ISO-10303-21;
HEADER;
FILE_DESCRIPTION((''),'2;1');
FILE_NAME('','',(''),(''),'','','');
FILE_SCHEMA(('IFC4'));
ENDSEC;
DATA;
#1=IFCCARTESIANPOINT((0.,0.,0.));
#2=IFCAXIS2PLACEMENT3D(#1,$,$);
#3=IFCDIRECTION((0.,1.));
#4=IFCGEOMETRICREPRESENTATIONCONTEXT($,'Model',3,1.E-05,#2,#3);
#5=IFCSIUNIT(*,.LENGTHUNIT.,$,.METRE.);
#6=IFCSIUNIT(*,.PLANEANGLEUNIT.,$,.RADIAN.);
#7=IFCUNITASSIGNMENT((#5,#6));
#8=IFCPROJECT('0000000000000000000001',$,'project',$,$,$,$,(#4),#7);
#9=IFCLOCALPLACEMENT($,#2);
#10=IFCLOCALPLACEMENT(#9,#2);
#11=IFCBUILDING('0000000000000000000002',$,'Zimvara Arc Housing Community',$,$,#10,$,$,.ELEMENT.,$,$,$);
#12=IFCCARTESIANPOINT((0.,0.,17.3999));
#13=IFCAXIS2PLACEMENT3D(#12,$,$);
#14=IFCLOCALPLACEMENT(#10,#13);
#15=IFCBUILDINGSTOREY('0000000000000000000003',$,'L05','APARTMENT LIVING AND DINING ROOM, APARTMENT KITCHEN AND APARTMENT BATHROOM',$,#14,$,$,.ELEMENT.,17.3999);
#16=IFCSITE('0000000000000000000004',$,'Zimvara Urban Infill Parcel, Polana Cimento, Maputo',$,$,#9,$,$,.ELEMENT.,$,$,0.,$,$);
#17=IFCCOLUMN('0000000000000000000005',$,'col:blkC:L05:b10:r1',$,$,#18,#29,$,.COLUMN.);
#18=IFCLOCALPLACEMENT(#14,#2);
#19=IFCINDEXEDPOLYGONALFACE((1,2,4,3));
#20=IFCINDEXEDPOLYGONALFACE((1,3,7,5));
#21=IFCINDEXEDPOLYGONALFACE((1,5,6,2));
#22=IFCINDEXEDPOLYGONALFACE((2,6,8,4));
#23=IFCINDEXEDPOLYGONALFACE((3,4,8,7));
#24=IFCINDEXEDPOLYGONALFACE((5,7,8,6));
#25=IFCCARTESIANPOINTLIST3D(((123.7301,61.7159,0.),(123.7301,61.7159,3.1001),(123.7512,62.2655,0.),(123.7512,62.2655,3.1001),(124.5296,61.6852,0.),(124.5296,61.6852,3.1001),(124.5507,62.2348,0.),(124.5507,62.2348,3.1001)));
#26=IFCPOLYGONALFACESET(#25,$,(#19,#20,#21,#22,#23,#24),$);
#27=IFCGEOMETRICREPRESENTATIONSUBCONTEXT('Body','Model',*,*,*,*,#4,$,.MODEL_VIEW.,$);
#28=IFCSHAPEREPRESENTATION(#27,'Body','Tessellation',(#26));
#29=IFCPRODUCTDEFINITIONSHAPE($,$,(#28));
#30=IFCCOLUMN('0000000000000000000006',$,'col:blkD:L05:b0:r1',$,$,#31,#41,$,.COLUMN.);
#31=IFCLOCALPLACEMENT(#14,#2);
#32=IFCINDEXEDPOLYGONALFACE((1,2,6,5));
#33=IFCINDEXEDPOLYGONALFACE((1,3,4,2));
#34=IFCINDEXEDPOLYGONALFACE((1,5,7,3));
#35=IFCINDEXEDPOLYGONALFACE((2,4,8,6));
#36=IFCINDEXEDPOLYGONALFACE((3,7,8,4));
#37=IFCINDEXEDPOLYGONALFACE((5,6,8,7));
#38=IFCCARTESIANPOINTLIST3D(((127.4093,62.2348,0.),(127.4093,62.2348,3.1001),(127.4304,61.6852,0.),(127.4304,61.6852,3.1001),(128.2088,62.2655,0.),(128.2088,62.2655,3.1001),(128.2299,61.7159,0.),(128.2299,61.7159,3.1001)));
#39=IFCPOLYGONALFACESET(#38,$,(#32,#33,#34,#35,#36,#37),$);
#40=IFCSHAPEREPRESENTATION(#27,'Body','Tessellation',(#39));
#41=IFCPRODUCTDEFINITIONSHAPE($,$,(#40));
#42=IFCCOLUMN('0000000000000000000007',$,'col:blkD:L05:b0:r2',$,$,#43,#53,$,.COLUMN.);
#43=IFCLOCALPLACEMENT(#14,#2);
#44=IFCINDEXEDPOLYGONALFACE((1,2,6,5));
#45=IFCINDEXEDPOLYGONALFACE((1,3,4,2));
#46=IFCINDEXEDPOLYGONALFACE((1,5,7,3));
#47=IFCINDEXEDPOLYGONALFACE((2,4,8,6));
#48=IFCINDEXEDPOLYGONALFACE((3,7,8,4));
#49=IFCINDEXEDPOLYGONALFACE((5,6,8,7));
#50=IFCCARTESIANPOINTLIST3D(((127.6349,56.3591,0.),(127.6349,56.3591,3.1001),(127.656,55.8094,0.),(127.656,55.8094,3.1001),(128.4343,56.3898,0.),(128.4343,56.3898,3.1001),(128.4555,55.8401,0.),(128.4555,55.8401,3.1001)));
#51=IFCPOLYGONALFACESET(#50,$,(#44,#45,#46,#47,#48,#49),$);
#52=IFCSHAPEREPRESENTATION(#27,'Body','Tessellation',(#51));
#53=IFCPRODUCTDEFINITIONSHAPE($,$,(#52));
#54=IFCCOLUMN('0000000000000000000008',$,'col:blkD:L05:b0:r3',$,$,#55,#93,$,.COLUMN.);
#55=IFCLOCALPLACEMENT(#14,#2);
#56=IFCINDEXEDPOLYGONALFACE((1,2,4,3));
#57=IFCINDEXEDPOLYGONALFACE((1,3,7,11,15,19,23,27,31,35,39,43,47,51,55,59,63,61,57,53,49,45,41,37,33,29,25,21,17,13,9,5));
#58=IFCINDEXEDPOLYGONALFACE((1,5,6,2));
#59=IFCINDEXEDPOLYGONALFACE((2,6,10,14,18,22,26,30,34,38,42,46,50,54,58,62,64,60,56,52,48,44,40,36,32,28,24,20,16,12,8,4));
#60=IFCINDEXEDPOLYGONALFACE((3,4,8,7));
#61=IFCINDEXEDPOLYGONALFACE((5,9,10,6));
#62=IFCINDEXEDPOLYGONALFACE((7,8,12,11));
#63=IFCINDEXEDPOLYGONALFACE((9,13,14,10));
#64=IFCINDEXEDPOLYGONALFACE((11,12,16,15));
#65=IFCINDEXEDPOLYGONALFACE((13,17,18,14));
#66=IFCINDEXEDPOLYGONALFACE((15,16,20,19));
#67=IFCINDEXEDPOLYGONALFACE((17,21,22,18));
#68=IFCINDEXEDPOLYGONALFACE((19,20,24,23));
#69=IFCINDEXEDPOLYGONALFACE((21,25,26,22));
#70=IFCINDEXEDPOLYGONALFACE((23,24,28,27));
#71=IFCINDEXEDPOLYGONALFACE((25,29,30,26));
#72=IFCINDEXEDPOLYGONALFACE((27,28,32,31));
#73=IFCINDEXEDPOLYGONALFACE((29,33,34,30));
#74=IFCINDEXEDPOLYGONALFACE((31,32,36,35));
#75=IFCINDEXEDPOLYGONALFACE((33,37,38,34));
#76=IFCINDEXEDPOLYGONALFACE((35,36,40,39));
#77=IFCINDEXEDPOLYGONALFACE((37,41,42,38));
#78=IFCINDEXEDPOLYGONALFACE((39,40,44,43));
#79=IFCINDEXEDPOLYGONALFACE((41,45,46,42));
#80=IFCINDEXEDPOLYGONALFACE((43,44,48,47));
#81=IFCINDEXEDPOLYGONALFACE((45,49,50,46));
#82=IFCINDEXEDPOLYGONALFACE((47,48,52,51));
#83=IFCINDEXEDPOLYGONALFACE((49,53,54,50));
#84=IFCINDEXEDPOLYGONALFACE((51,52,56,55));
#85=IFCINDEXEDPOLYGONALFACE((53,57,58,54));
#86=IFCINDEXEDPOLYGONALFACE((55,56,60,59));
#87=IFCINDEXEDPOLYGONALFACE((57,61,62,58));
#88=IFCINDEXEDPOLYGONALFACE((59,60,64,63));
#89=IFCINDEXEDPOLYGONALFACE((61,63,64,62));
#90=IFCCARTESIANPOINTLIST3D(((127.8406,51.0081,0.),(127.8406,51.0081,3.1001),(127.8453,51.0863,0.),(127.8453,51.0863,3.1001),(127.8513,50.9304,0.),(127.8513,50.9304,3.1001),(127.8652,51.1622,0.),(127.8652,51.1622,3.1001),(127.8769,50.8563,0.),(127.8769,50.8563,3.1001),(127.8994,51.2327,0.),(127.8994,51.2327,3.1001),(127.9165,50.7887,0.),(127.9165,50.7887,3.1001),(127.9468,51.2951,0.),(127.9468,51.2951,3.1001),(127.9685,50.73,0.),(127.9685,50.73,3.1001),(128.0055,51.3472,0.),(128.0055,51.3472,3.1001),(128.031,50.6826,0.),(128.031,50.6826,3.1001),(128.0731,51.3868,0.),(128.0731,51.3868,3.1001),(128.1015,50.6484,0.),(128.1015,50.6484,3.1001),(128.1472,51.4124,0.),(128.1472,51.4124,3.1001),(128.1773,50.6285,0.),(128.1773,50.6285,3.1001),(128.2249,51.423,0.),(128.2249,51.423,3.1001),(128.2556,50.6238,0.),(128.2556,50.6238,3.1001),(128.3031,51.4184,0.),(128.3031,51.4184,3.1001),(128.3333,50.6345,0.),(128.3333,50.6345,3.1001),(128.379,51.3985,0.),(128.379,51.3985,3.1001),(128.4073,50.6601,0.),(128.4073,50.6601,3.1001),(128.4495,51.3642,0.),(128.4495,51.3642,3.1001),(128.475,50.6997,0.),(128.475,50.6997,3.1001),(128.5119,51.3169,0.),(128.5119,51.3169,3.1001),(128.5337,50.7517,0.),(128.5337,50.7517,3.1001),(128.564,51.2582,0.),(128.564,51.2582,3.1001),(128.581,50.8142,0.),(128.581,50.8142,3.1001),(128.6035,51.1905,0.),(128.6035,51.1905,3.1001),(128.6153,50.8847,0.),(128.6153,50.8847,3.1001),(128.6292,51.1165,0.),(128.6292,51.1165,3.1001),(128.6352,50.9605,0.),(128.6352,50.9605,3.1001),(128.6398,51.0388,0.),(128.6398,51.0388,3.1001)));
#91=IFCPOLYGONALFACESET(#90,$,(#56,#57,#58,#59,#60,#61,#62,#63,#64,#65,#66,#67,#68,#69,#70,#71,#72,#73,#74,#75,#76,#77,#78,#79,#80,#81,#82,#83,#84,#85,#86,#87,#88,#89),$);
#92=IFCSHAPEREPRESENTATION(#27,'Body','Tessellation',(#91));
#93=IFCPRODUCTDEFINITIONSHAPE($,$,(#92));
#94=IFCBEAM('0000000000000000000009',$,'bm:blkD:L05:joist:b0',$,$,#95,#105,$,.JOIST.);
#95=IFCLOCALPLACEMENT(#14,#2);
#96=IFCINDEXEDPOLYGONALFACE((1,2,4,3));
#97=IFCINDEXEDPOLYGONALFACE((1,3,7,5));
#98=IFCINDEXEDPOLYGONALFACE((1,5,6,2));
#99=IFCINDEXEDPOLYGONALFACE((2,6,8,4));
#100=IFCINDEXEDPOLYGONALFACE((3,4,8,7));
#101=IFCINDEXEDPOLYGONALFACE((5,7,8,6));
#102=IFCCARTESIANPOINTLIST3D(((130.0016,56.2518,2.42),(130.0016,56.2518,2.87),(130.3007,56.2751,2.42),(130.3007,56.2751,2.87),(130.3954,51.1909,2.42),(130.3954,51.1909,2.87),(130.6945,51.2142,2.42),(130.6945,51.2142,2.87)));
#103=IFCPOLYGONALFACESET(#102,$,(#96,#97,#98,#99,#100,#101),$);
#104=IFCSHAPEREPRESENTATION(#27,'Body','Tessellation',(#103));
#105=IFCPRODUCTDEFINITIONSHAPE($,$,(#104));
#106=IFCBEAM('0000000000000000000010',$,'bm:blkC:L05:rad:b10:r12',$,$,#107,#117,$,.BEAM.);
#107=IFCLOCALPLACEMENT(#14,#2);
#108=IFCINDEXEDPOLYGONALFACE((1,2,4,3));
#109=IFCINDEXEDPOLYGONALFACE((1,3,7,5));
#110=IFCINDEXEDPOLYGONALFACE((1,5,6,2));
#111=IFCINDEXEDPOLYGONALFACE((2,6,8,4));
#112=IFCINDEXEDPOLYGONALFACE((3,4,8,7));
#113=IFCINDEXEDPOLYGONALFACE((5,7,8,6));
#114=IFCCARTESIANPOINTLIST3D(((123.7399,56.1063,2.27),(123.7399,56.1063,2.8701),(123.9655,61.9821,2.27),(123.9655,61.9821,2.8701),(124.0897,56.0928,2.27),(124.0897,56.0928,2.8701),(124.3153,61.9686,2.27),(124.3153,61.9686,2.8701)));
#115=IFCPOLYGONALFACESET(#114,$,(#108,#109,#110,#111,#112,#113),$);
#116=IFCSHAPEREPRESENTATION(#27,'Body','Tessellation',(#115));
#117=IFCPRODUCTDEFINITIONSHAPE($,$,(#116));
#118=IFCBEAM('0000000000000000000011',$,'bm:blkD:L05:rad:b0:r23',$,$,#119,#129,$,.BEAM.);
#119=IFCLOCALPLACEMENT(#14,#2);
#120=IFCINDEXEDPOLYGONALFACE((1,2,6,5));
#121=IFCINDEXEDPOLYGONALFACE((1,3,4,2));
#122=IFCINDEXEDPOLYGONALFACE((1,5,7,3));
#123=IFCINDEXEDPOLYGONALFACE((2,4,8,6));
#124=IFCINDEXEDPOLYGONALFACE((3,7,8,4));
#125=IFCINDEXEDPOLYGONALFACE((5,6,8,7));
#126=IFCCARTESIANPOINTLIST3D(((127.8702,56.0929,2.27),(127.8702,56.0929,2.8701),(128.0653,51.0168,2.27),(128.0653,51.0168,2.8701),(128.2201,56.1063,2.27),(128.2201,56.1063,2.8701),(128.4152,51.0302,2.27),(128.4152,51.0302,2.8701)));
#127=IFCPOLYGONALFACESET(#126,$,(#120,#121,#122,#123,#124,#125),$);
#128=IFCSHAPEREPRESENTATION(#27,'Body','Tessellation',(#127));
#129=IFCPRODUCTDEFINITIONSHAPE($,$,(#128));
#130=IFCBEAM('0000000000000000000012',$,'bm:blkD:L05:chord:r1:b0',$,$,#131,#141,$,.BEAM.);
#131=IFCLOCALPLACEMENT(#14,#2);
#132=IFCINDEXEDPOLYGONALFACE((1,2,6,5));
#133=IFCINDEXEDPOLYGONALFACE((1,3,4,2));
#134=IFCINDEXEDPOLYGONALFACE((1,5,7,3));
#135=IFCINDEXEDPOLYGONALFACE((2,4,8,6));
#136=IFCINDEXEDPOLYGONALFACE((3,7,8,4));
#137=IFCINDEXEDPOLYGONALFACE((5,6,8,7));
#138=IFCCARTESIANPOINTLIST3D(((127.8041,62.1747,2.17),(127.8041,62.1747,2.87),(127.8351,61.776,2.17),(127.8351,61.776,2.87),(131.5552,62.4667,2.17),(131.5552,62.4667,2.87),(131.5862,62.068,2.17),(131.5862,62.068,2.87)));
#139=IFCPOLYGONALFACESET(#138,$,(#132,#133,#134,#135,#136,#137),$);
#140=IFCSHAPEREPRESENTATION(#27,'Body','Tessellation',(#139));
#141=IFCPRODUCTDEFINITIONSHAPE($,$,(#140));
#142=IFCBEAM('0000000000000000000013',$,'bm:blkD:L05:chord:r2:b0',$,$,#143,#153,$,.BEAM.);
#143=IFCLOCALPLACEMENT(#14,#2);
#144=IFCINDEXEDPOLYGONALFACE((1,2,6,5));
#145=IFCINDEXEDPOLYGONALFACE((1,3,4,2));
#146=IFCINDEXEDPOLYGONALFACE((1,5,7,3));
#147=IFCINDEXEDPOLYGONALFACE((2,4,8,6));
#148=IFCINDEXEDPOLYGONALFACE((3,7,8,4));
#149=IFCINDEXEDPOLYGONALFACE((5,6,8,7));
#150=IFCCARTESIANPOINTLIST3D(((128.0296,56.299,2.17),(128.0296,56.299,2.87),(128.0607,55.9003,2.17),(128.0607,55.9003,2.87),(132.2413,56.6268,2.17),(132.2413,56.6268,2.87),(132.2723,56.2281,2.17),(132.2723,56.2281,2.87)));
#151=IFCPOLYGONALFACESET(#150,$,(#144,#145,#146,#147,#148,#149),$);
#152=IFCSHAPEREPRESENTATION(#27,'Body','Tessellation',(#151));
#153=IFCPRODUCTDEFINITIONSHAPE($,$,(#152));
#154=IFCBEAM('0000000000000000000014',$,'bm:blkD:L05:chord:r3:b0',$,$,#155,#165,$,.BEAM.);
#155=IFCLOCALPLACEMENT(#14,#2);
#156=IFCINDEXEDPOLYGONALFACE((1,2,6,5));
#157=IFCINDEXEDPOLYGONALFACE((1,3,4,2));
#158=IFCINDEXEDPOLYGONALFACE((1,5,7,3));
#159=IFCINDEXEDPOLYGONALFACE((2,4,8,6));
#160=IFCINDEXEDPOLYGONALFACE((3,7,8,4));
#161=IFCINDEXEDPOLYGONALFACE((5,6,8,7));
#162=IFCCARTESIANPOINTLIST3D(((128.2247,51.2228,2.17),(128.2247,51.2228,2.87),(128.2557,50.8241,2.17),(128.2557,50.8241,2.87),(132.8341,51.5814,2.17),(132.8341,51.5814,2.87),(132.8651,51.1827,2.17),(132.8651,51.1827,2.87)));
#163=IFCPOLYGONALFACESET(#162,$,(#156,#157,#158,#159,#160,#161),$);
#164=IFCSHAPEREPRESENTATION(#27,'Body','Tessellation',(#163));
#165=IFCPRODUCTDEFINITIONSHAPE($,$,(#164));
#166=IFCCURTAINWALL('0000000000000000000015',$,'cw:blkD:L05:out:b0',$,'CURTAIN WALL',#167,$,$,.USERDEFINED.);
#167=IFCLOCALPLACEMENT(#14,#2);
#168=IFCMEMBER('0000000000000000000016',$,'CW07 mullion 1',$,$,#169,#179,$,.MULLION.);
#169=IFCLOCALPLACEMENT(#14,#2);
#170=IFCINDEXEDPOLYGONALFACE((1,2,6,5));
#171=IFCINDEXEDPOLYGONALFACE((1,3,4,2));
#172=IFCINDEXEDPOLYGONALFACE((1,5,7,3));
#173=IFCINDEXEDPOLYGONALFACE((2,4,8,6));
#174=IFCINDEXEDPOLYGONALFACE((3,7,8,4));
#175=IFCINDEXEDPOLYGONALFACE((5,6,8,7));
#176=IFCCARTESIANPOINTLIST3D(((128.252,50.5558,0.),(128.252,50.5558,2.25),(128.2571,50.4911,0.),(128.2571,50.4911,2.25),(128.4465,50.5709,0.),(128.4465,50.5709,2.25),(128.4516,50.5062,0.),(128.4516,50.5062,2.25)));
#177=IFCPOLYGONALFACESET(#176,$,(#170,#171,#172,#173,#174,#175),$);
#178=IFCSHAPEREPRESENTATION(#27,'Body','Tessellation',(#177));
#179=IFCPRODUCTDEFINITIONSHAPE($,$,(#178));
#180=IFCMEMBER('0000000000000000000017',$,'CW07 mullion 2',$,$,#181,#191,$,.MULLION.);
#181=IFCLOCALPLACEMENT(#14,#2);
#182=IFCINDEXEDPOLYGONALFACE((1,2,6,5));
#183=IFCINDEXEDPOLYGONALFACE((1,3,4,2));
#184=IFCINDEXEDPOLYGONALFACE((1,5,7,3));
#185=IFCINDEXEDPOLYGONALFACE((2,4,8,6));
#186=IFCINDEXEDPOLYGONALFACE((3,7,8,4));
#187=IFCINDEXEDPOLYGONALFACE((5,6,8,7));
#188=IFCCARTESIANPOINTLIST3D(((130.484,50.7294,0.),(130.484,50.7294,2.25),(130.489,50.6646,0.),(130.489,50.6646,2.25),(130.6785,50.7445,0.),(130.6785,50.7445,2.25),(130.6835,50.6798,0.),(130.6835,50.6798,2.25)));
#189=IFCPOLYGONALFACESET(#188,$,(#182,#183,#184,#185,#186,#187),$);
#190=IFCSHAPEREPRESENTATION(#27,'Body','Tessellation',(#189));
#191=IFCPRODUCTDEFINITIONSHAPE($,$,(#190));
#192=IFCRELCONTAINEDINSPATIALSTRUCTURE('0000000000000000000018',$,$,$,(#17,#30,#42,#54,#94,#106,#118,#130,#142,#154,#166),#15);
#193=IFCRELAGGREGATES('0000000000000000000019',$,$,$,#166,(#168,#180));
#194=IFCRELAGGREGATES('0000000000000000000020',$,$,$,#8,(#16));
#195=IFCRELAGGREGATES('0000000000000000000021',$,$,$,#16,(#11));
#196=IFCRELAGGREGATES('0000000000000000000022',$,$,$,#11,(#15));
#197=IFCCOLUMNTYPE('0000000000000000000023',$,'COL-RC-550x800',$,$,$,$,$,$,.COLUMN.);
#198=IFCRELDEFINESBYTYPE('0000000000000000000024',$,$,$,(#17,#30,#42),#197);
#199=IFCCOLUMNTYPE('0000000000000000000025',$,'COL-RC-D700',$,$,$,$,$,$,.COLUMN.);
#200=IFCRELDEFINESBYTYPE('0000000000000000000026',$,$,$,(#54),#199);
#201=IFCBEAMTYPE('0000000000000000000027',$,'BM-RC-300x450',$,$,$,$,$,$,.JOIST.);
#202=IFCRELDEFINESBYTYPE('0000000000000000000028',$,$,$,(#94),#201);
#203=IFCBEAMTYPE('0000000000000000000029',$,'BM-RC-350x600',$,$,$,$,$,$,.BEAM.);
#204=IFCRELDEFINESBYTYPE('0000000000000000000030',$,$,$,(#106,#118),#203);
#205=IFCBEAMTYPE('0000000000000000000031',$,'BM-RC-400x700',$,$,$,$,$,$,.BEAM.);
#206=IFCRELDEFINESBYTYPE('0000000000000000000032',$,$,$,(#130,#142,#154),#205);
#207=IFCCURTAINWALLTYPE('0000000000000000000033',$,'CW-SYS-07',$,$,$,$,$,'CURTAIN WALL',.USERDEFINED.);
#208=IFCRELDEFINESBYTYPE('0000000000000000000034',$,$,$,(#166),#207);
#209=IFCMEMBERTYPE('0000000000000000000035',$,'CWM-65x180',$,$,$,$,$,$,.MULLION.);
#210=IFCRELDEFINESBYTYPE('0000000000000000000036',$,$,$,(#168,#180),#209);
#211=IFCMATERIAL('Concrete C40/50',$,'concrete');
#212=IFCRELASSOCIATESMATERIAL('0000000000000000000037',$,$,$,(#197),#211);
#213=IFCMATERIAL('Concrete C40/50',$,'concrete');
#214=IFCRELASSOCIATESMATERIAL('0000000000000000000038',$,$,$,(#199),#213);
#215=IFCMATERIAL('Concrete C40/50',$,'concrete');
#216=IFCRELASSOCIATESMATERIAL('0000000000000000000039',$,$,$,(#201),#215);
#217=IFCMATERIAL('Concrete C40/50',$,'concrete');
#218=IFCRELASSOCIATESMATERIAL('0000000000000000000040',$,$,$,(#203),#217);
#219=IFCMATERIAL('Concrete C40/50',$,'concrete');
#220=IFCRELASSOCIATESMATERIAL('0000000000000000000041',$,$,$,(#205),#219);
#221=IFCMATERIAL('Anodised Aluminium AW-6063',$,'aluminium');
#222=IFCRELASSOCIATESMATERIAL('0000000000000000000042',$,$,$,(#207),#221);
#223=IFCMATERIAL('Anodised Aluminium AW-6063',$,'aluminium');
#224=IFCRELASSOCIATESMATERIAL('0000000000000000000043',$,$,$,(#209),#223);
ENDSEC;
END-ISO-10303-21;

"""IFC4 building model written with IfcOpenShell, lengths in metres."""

from ifc_helpers import new_model, si_unit, direction, frame, origin, origin_2d, place, context, subcontext, project, spatial, rectangle, circle, extrude, material, material_profile, profile_set, type_object, element, aggregate, save


model = new_model("IFC4")

# Units and contexts
model_context = context("Model", 3, precision=1e-05, world=origin(), true_north=direction((0.0, 1.0)))
body_context = subcontext(model_context, "Body", "Model", "MODEL_VIEW")
ifc_project = project(units=[si_unit("LENGTHUNIT", "METRE"), si_unit("PLANEANGLEUNIT", "RADIAN")], contexts=[model_context])

# Site, building, storey
site_placement = place(None, origin())
site = spatial("IfcSite", under=ifc_project, at=site_placement, Name="Zimvara Urban Infill Parcel, Polana Cimento, Maputo", CompositionType="ELEMENT", RefElevation=0.0)
building_placement = place(site_placement, origin())
building = spatial("IfcBuilding", under=site, at=building_placement, Name="Zimvara Arc Housing Community", CompositionType="ELEMENT")
storey_placement = place(building_placement, frame((0.0, 0.0, 17.3999)))
storey = spatial("IfcBuildingStorey", under=building, at=storey_placement, Name="L05", Description="APARTMENT LIVING AND DINING ROOM, APARTMENT KITCHEN AND APARTMENT BATHROOM", CompositionType="ELEMENT", Elevation=17.3999)

# Columns
ifc_material_1 = material(Name="Concrete C40/50", Category="concrete")
ifc_material_profile_1 = material_profile(ifc_material_1, rectangle(XDim=0.55, YDim=0.8, at=origin_2d()), Name="RC 550x800")
ifc_profile_set_1 = profile_set([ifc_material_profile_1], Name="Concrete C40/50")
column_type_1 = type_object("IfcColumnType", Name="COL-RC-550x800", PredefinedType="COLUMN", material=ifc_profile_set_1)
for number, where, z_axis, x_axis, name in (
    (1, (124.1404, 61.9753, 0.0), (0.0, 0.0, 1.0), (-0.038388, -0.999263, 0.0), "col:blkC:L05:b10:r1"),
    (2, (127.8196, 61.9753, 0.0), (0.0, 0.0, 1.0), (0.038388, -0.999263, 0.0), "col:blkD:L05:b0:r1"),
    (3, (128.0452, 56.0996, 0.0), (0.0, 0.0, 1.0), (0.038388, -0.999263, 0.0), "col:blkD:L05:b0:r2"),
):
    element("IfcColumn", number, at=place(storey_placement, frame(where, z_axis=z_axis, x_axis=x_axis)), inside=storey, type_object=column_type_1, Name=name, PredefinedType="COLUMN", context=body_context, shape_type="SweptSolid", body=[
        extrude(rectangle(XDim=0.55, YDim=0.8, at=origin_2d()), origin(), (0.0, 0.0, 1.0), 3.1001),
    ])
ifc_material_2 = material(Name="Concrete C40/50", Category="concrete")
ifc_material_profile_2 = material_profile(ifc_material_2, circle(Radius=0.3999, at=origin_2d()), Name="RC D800")
ifc_profile_set_2 = profile_set([ifc_material_profile_2], Name="Concrete C40/50")
column_type_2 = type_object("IfcColumnType", Name="COL-RC-D700", PredefinedType="COLUMN", material=ifc_profile_set_2)
column_placement = place(storey_placement, frame((128.2402, 51.0234, 0.0), z_axis=(0.0, 0.0, 1.0), x_axis=(0.038388, -0.999263, 0.0)))
element("IfcColumn", 4, at=column_placement, inside=storey, type_object=column_type_2, Name="col:blkD:L05:b0:r3", PredefinedType="COLUMN", context=body_context, shape_type="SweptSolid", body=[
    extrude(circle(Radius=0.3999, at=origin_2d()), origin(), (0.0, 0.0, 1.0), 3.1001),
])

# Beams
ifc_material_3 = material(Name="Concrete C40/50", Category="concrete")
ifc_material_profile_3 = material_profile(ifc_material_3, rectangle(XDim=0.3, YDim=0.45, at=origin_2d()), Name="RC 300x450")
ifc_profile_set_3 = profile_set([ifc_material_profile_3], Name="Concrete C40/50")
beam_type_1 = type_object("IfcBeamType", Name="BM-RC-300x450", PredefinedType="JOIST", material=ifc_profile_set_3)
beam_1_placement = place(storey_placement, frame((130.1511, 56.2634, 2.645), z_axis=(0.077579, -0.996986, 0.0), x_axis=(0.996986, 0.077579, 0.0)))
element("IfcBeam", 5, at=beam_1_placement, inside=storey, type_object=beam_type_1, Name="bm:blkD:L05:joist:b0", PredefinedType="JOIST", context=body_context, shape_type="SweptSolid", body=[
    extrude(rectangle(XDim=0.3, YDim=0.45, at=origin_2d()), origin(), (0.0, 0.0, 1.0), 5.0762),
])
ifc_material_4 = material(Name="Concrete C40/50", Category="concrete")
ifc_material_profile_4 = material_profile(ifc_material_4, rectangle(XDim=0.3501, YDim=0.6001, at=origin_2d()), Name="RC 350x600")
ifc_profile_set_4 = profile_set([ifc_material_profile_4], Name="Concrete C40/50")
beam_type_2 = type_object("IfcBeamType", Name="BM-RC-350x600", PredefinedType="BEAM", material=ifc_profile_set_4)
beam_2_placement = place(storey_placement, frame((124.1404, 61.9753, 2.5701), z_axis=(-0.038365, -0.999264, 0.0), x_axis=(0.999264, -0.038365, 0.0)))
element("IfcBeam", 6, at=beam_2_placement, inside=storey, type_object=beam_type_2, Name="bm:blkC:L05:rad:b10:r12", PredefinedType="BEAM", context=body_context, shape_type="SweptSolid", body=[
    extrude(rectangle(XDim=0.3501, YDim=0.6001, at=origin_2d()), origin(), (0.0, 0.0, 1.0), 5.8801),
])
beam_3_placement = place(storey_placement, frame((128.0452, 56.0996, 2.5701), z_axis=(0.0384, -0.999262, 0.0), x_axis=(0.999262, 0.0384, 0.0)))
element("IfcBeam", 7, at=beam_3_placement, inside=storey, type_object=beam_type_2, Name="bm:blkD:L05:rad:b0:r23", PredefinedType="BEAM", context=body_context, shape_type="SweptSolid", body=[
    extrude(rectangle(XDim=0.3501, YDim=0.6001, at=origin_2d()), origin(), (0.0, 0.0, 1.0), 5.0798),
])
ifc_material_5 = material(Name="Concrete C40/50", Category="concrete")
ifc_material_profile_5 = material_profile(ifc_material_5, rectangle(XDim=0.3999, YDim=0.7, at=origin_2d()), Name="RC 400x700")
ifc_profile_set_5 = profile_set([ifc_material_profile_5], Name="Concrete C40/50")
beam_type_3 = type_object("IfcBeamType", Name="BM-RC-400x700", PredefinedType="BEAM", material=ifc_profile_set_5)
beam_4_placement = place(storey_placement, frame((127.8196, 61.9753, 2.52), z_axis=(0.996984, 0.077604, 0.0), x_axis=(-0.077604, 0.996984, 0.0)))
element("IfcBeam", 8, at=beam_4_placement, inside=storey, type_object=beam_type_3, Name="bm:blkD:L05:chord:r1:b0", PredefinedType="BEAM", context=body_context, shape_type="SweptSolid", body=[
    extrude(rectangle(XDim=0.3999, YDim=0.7, at=origin_2d()), origin(), (0.0, 0.0, 1.0), 3.7625),
])
beam_5_placement = place(storey_placement, frame((128.0452, 56.0996, 2.52), z_axis=(0.996983, 0.077616, 0.0), x_axis=(-0.077616, 0.996983, 0.0)))
element("IfcBeam", 9, at=beam_5_placement, inside=storey, type_object=beam_type_3, Name="bm:blkD:L05:chord:r2:b0", PredefinedType="BEAM", context=body_context, shape_type="SweptSolid", body=[
    extrude(rectangle(XDim=0.3999, YDim=0.7, at=origin_2d()), origin(), (0.0, 0.0, 1.0), 4.2244),
])
beam_6_placement = place(storey_placement, frame((128.2402, 51.0234, 2.52), z_axis=(0.996987, 0.077573, 0.0), x_axis=(-0.077573, 0.996987, 0.0)))
element("IfcBeam", 10, at=beam_6_placement, inside=storey, type_object=beam_type_3, Name="bm:blkD:L05:chord:r3:b0", PredefinedType="BEAM", context=body_context, shape_type="SweptSolid", body=[
    extrude(rectangle(XDim=0.3999, YDim=0.7, at=origin_2d()), origin(), (0.0, 0.0, 1.0), 4.6233),
])

# Curtain wall, members
ifc_material_6 = material(Name="Anodised Aluminium AW-6063", Category="aluminium")
curtain_wall_type = type_object("IfcCurtainWallType", Name="CW-SYS-07", ElementType="CURTAIN WALL", PredefinedType="USERDEFINED", material=ifc_material_6)
curtain_wall_placement = place(storey_placement, origin())
curtain_wall = element("IfcCurtainWall", 11, at=curtain_wall_placement, inside=storey, type_object=curtain_wall_type, Name="cw:blkD:L05:out:b0", ObjectType="CURTAIN WALL", PredefinedType="USERDEFINED")
ifc_material_7 = material(Name="Anodised Aluminium AW-6063", Category="aluminium")
ifc_material_profile_6 = material_profile(ifc_material_7, rectangle(XDim=0.0649, YDim=0.1951, at=origin_2d()), Name="ALU 65x195")
ifc_profile_set_6 = profile_set([ifc_material_profile_6], Name="Anodised Aluminium AW-6063")
member_type_1 = type_object("IfcMemberType", Name="CWM-65x180", PredefinedType="MULLION", material=ifc_profile_set_6)
member_1_placement = place(storey_placement, frame((128.3518, 50.531, 0.0), z_axis=(0.0, 0.0, 1.0), x_axis=(-0.07759, 0.996985, 0.0)))
member_1 = element("IfcMember", 12, at=member_1_placement, type_object=member_type_1, Name="CW07 mullion 1", PredefinedType="MULLION", context=body_context, shape_type="SweptSolid", body=[
    extrude(rectangle(XDim=0.0649, YDim=0.1951, at=origin_2d()), origin(), (0.0, 0.0, 1.0), 2.25),
])
member_2_placement = place(storey_placement, frame((130.5837, 50.7046, 0.0), z_axis=(0.0, 0.0, 1.0), x_axis=(-0.07759, 0.996985, 0.0)))
member_2 = element("IfcMember", 13, at=member_2_placement, type_object=member_type_1, Name="CW07 mullion 2", PredefinedType="MULLION", context=body_context, shape_type="SweptSolid", body=[
    extrude(rectangle(XDim=0.0649, YDim=0.1951, at=origin_2d()), origin(), (0.0, 0.0, 1.0), 2.25),
])
aggregate(curtain_wall, [member_1, member_2])

save(model, "model.ifc")
